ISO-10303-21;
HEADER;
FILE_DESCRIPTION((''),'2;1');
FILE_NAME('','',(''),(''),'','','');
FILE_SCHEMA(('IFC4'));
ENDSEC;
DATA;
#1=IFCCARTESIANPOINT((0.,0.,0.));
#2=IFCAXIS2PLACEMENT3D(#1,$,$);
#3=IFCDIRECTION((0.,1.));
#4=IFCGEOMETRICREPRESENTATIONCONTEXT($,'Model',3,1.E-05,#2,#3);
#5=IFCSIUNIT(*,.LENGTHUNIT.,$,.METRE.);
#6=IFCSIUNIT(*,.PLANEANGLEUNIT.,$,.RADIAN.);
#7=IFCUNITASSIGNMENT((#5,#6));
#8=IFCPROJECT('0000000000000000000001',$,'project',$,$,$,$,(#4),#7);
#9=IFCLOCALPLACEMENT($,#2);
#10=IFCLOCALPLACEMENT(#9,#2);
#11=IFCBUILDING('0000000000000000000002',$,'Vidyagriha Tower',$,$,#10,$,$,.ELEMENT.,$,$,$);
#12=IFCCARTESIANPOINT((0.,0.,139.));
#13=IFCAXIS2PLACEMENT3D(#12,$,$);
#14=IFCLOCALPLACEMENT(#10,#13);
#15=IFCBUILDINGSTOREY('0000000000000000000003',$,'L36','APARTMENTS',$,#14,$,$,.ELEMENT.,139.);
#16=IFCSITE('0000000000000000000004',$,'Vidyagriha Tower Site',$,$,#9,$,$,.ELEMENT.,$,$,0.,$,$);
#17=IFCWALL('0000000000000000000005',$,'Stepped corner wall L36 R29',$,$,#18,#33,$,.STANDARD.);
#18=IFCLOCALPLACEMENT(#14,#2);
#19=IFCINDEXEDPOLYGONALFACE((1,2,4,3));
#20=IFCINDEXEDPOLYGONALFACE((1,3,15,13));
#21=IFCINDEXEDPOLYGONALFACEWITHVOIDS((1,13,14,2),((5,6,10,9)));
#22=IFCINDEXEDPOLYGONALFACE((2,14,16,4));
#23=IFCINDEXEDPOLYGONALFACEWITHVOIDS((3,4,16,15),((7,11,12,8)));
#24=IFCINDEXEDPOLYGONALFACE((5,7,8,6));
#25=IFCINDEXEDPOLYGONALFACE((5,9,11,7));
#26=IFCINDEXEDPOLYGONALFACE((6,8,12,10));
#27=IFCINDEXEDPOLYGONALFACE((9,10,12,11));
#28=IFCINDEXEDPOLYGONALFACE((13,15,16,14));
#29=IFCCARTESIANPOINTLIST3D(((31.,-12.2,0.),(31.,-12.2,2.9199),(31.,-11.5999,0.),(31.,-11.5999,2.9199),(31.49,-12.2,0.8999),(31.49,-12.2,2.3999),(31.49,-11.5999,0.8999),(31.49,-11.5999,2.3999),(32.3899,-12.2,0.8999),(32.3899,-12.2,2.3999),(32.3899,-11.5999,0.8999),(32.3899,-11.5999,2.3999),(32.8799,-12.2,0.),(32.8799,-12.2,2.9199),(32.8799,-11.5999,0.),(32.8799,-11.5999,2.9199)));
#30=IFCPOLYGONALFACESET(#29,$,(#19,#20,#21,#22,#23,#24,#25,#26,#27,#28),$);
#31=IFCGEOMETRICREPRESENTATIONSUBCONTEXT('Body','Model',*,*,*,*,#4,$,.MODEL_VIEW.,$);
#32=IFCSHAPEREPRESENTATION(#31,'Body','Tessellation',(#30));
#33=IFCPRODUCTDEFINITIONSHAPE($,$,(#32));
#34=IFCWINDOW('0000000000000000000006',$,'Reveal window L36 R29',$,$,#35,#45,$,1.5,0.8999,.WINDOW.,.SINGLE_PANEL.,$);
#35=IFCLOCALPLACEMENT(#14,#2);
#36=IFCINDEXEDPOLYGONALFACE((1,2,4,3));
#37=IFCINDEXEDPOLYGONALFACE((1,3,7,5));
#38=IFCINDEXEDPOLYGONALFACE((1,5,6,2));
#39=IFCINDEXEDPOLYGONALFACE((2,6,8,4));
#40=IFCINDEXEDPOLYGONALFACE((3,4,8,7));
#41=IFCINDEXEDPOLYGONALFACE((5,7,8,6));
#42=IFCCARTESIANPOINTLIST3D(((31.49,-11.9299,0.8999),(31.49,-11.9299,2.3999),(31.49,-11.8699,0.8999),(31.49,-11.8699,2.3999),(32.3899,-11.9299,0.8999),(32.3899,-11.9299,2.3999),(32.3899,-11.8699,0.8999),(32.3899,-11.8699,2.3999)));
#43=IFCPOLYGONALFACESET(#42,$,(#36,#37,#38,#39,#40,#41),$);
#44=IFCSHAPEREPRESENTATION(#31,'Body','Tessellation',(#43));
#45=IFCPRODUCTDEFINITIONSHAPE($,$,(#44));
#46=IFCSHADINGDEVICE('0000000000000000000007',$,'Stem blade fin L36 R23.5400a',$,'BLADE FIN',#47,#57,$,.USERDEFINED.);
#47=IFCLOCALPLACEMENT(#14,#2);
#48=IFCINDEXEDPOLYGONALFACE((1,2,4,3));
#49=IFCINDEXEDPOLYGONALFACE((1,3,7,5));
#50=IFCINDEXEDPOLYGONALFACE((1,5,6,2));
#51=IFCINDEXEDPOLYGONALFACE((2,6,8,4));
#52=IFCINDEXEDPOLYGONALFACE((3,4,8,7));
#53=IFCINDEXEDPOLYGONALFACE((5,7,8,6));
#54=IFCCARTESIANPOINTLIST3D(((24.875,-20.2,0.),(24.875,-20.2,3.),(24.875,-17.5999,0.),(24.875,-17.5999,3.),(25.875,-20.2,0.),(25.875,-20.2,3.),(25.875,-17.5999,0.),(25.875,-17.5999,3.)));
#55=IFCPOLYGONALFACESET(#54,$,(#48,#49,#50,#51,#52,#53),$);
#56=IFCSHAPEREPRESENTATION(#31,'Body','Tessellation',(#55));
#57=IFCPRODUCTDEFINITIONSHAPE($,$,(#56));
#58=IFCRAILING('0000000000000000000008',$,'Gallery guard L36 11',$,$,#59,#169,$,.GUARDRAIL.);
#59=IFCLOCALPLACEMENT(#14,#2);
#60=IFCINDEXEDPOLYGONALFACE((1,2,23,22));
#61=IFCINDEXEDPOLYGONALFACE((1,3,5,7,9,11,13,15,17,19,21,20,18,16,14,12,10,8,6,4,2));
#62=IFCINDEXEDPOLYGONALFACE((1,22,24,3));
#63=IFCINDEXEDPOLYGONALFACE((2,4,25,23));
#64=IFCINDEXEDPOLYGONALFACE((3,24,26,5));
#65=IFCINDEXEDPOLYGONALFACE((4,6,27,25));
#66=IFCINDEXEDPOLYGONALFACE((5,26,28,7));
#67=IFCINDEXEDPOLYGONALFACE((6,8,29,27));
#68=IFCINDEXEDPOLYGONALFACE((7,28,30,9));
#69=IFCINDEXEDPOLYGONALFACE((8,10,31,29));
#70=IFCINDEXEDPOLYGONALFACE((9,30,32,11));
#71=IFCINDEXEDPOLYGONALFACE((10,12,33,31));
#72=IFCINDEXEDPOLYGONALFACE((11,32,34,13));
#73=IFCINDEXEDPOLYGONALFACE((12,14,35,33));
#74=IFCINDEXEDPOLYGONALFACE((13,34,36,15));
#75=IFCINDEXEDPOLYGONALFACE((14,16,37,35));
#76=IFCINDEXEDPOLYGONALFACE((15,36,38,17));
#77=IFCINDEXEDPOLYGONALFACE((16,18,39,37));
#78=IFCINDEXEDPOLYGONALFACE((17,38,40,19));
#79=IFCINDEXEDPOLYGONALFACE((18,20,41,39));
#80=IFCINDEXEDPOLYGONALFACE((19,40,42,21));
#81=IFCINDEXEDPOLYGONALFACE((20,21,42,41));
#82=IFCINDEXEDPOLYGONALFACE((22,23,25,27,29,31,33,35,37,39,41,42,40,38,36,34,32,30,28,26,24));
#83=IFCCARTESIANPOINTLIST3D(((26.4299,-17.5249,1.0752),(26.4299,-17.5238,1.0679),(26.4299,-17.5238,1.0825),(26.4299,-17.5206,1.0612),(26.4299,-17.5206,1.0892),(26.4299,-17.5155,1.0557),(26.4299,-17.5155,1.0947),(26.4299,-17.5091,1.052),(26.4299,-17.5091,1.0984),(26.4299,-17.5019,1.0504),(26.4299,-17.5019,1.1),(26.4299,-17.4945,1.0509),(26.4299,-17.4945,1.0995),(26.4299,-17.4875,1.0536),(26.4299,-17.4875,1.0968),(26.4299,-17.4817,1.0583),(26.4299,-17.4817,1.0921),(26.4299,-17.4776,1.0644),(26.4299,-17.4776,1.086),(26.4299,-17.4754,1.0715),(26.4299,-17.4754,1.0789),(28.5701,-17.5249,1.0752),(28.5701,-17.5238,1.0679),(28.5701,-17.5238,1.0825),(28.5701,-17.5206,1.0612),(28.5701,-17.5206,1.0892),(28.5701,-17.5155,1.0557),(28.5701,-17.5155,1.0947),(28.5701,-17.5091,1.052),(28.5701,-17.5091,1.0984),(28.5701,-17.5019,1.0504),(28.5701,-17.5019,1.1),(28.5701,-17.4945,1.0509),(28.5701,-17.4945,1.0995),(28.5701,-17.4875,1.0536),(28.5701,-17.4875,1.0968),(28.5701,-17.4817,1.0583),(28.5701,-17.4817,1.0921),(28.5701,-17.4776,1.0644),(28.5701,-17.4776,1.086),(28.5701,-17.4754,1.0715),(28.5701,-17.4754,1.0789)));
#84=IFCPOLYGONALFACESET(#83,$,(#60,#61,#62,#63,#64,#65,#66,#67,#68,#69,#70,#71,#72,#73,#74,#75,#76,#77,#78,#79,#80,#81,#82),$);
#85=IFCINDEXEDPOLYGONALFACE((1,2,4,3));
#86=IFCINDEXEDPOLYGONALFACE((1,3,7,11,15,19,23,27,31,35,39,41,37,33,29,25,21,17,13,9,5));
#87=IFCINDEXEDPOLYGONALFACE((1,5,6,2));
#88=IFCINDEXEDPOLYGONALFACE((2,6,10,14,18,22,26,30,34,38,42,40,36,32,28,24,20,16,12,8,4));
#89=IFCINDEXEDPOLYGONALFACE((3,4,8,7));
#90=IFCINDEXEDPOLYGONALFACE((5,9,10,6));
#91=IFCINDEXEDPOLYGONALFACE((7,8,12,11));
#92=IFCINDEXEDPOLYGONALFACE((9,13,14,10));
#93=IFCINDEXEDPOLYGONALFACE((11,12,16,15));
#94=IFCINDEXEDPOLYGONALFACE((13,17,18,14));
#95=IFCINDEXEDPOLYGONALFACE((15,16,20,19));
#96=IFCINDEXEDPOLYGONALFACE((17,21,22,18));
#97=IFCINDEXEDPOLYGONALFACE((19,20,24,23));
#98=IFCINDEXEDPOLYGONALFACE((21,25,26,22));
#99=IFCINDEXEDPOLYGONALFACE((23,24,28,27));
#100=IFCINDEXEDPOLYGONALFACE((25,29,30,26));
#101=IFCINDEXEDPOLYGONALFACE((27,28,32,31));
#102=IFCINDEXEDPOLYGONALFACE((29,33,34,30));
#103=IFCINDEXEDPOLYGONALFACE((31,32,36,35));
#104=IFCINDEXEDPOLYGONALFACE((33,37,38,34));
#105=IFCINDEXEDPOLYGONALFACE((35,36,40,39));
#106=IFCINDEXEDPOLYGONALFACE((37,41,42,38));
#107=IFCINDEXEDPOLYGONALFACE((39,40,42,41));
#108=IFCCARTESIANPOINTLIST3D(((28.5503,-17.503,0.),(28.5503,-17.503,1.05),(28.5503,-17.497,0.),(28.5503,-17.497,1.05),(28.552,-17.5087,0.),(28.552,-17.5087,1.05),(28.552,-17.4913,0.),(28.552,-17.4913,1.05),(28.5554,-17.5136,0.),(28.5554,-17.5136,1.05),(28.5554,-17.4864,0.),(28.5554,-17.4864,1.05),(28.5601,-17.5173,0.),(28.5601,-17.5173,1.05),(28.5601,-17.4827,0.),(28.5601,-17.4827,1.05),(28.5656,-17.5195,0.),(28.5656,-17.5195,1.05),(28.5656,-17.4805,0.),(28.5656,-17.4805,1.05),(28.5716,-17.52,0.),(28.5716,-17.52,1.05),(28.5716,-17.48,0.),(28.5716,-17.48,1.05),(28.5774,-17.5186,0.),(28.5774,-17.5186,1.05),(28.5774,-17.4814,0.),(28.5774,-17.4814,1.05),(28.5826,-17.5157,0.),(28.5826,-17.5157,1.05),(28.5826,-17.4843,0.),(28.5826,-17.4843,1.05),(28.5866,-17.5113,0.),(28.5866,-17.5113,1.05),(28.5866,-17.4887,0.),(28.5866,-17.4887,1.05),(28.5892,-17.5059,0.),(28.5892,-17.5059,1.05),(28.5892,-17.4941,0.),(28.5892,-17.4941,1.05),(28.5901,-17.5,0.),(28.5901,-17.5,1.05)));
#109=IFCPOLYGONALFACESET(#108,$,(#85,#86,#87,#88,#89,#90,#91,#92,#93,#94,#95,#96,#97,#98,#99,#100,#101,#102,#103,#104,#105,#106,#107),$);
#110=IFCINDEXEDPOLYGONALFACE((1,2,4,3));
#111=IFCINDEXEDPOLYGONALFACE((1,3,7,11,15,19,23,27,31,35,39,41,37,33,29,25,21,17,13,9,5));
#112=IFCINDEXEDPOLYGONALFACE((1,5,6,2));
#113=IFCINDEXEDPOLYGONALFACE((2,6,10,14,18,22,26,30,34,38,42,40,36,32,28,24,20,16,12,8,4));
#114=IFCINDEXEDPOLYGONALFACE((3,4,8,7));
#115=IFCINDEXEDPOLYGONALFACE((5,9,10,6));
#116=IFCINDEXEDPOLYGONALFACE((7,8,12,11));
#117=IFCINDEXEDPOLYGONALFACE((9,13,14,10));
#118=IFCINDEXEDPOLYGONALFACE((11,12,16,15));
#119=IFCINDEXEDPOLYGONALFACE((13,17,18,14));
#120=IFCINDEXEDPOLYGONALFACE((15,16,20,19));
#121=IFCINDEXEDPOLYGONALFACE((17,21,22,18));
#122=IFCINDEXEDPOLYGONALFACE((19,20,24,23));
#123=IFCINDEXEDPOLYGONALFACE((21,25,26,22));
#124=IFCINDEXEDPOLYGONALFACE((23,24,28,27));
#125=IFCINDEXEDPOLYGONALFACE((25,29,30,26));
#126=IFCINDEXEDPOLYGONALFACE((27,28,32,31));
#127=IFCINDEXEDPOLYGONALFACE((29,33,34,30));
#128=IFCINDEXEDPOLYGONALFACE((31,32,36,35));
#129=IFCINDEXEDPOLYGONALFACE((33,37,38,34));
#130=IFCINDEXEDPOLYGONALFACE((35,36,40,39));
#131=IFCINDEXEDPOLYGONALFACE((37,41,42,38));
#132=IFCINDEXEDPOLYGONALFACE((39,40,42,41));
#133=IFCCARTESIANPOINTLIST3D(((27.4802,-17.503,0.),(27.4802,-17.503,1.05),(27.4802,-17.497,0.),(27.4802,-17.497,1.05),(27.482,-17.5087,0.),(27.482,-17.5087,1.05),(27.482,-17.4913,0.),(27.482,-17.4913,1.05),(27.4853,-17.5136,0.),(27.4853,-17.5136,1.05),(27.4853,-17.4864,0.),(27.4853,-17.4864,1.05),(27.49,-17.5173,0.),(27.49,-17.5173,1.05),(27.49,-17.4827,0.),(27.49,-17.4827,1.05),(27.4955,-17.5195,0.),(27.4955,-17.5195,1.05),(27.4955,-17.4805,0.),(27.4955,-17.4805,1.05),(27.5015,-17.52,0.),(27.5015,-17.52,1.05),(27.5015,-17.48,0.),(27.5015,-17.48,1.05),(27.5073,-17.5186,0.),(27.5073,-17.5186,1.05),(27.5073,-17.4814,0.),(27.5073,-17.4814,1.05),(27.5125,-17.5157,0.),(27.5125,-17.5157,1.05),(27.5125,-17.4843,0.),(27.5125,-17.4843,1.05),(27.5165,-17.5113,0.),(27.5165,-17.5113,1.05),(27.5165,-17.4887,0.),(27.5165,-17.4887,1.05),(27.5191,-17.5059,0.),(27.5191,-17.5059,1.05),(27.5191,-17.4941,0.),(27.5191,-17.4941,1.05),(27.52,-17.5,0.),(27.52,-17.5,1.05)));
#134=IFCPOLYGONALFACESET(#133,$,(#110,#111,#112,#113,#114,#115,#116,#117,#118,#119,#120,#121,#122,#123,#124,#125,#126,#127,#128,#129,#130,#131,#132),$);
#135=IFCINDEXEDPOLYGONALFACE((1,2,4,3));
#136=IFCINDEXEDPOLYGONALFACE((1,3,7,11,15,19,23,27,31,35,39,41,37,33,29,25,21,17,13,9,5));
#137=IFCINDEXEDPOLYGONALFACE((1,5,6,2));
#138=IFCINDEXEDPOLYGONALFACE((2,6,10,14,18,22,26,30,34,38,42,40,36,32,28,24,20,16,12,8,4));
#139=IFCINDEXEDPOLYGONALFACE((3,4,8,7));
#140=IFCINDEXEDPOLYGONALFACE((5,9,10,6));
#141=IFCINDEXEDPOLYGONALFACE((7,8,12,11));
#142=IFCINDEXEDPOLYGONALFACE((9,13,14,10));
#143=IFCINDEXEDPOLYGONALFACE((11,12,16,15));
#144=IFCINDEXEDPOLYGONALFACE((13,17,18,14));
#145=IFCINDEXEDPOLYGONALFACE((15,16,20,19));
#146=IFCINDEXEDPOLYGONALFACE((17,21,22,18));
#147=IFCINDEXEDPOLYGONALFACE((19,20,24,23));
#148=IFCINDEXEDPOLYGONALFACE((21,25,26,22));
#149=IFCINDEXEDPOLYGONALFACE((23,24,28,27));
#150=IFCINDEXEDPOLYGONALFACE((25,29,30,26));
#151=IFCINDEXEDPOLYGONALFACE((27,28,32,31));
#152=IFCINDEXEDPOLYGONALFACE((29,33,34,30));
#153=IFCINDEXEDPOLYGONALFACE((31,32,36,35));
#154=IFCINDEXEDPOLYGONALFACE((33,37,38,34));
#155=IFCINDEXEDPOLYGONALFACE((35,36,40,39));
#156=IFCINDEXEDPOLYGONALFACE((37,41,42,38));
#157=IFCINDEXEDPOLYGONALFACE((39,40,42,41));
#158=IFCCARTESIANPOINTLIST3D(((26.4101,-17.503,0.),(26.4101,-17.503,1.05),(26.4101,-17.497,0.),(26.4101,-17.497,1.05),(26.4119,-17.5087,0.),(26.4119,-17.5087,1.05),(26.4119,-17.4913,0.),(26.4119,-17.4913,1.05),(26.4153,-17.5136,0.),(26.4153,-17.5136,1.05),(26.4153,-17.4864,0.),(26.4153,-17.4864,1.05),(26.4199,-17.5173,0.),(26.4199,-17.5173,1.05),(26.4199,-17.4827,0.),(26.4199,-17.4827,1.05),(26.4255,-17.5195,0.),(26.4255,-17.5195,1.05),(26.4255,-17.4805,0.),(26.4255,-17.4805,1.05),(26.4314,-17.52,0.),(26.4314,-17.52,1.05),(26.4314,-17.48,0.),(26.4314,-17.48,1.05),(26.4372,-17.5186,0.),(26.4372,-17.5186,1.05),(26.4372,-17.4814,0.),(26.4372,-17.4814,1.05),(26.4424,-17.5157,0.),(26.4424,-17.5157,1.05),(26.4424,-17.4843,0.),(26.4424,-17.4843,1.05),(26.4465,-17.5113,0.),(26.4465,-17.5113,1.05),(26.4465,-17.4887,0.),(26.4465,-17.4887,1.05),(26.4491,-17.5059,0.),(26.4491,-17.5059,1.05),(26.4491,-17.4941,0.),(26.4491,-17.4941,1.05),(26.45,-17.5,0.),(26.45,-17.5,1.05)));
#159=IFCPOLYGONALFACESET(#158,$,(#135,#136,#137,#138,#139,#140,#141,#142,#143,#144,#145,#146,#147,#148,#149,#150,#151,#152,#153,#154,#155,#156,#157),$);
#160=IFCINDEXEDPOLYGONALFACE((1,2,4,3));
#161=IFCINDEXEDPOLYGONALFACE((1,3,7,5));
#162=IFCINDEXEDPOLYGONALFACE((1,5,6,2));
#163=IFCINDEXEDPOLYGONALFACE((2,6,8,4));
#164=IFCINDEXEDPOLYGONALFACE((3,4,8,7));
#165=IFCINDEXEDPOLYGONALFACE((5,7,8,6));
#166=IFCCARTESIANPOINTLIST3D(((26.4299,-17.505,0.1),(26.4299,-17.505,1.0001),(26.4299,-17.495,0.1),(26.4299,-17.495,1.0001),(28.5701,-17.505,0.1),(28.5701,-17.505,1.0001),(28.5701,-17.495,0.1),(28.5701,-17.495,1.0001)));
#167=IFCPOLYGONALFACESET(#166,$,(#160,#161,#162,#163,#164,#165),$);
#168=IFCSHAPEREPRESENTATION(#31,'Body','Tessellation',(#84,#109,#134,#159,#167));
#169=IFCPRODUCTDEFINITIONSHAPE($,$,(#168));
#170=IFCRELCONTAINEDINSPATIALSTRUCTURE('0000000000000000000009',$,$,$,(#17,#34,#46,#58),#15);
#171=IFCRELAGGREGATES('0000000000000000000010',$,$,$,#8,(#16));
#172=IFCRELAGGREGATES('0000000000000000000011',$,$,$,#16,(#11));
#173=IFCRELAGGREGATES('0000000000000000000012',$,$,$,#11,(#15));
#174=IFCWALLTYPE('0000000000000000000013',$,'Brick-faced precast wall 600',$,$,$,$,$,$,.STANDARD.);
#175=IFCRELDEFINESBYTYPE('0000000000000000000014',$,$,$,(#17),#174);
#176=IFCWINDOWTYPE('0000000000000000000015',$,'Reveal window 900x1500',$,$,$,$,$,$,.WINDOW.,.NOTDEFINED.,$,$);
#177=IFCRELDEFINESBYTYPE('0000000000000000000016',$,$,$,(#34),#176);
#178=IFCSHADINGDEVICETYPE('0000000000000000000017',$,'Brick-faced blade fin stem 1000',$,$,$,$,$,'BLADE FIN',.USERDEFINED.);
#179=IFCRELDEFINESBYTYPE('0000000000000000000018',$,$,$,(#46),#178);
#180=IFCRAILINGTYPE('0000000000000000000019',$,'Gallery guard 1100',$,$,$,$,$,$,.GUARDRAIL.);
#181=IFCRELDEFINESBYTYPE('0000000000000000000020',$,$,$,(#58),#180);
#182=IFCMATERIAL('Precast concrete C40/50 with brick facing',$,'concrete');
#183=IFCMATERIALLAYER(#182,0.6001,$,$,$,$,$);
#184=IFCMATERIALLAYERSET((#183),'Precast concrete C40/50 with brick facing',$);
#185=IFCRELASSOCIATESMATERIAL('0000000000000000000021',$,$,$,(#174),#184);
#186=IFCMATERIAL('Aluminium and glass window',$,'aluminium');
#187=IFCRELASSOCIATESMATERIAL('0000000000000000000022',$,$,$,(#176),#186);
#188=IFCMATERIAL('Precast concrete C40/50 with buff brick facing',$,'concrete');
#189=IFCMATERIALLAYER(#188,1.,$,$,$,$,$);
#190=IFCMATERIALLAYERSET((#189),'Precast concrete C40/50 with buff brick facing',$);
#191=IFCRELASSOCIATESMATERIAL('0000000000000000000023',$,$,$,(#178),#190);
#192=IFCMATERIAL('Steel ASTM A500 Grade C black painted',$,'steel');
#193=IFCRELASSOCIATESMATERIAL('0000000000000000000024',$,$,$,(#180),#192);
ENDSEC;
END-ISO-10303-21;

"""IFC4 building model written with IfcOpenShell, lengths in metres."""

from ifc_helpers import new_model, si_unit, direction, frame, frame_2d, origin, origin_2d, place, context, subcontext, project, spatial, polyline, rectangle, circle, outline, extrude, material, layer, layer_set, type_object, element, fill, save


model = new_model("IFC4")

# Units and contexts
model_context = context("Model", 3, precision=1e-05, world=origin(), true_north=direction((0.0, 1.0)))
body_context = subcontext(model_context, "Body", "Model", "MODEL_VIEW")
ifc_project = project(units=[si_unit("LENGTHUNIT", "METRE"), si_unit("PLANEANGLEUNIT", "RADIAN")], contexts=[model_context])

# Site, building, storey
site_placement = place(None, origin())
site = spatial("IfcSite", under=ifc_project, at=site_placement, Name="Vidyagriha Tower Site", CompositionType="ELEMENT", RefElevation=0.0)
building_placement = place(site_placement, origin())
building = spatial("IfcBuilding", under=site, at=building_placement, Name="Vidyagriha Tower", CompositionType="ELEMENT")
storey_placement = place(building_placement, frame((0.0, 0.0, 139.0)))
storey = spatial("IfcBuildingStorey", under=building, at=storey_placement, Name="L36", Description="APARTMENTS", CompositionType="ELEMENT", Elevation=139.0)

# Shared definitions
ifc_material_1 = material(Name="Precast concrete C40/50 with brick facing", Category="concrete")
ifc_layer_1 = layer(ifc_material_1, 0.6001)
ifc_layer_set_1 = layer_set([ifc_layer_1], Name="Precast concrete C40/50 with brick facing")
wall_type = type_object("IfcWallType", Name="Brick-faced precast wall 600", PredefinedType="STANDARD", material=ifc_layer_set_1)

# Shared definitions
ifc_material_2 = material(Name="Aluminium and glass window", Category="aluminium")
window_type = type_object("IfcWindowType", Name="Reveal window 900x1500", PartitioningType="NOTDEFINED", PredefinedType="WINDOW", material=ifc_material_2)

# Wall, opening, window
wall_1_placement = place(storey_placement, frame((31.0, -11.8999, 0.0)))
wall_1 = element("IfcWall", 1, at=wall_1_placement, inside=storey, type_object=wall_type, Name="Stepped corner wall L36 R29", PredefinedType="STANDARD", context=body_context, shape_type="SweptSolid", body=[
    extrude(rectangle(XDim=1.8799, YDim=0.6001, at=frame_2d((0.9399, 0.0))), origin(), (0.0, 0.0, 1.0), 2.9199),
])
opening_1_placement = place(wall_1_placement, frame((0.49, 0.0, 0.8999)))
opening_1 = element("IfcOpeningElement", 2, at=opening_1_placement, cuts=wall_1, PredefinedType="OPENING", context=body_context, shape_type="SweptSolid", body=[
    extrude(rectangle(XDim=0.8999, YDim=1.5, at=frame_2d((0.45, 0.75))), frame((0.0, 0.3101, 0.0), z_axis=(0.0, -1.0, 0.0), x_axis=(1.0, 0.0, 0.0)), (0.0, 0.0, 1.0), 0.6201),
])
window_1_placement = place(opening_1_placement, origin())
window_1 = element("IfcWindow", 3, at=window_1_placement, inside=storey, type_object=window_type, Name="Reveal window L36 R29", OverallHeight=1.5, OverallWidth=0.8999, PartitioningType="SINGLE_PANEL", PredefinedType="WINDOW", context=body_context, shape_type="SweptSolid", body=[
    extrude(rectangle(XDim=0.8999, YDim=1.5, at=frame_2d((0.45, 0.75))), frame((0.0, 0.03, 0.0), z_axis=(0.0, -1.0, 0.0), x_axis=(1.0, 0.0, 0.0)), (0.0, 0.0, 1.0), 0.0601),
])
fill(opening_1, window_1)

# Shading device
ifc_material_3 = material(Name="Precast concrete C40/50 with buff brick facing", Category="concrete")
ifc_layer_2 = layer(ifc_material_3, 1.0)
ifc_layer_set_2 = layer_set([ifc_layer_2], Name="Precast concrete C40/50 with buff brick facing")
shading_device_type = type_object("IfcShadingDeviceType", Name="Brick-faced blade fin stem 1000", ElementType="BLADE FIN", PredefinedType="USERDEFINED", material=ifc_layer_set_2)
shading_device_placement = place(storey_placement, frame((24.875, -18.8999, 0.0)))
element("IfcShadingDevice", 4, at=shading_device_placement, inside=storey, type_object=shading_device_type, Name="Stem blade fin L36 R23.5400a", ObjectType="BLADE FIN", PredefinedType="USERDEFINED", context=body_context, shape_type="SweptSolid", body=[
    extrude(outline(polyline([(0.0, 0.0), (1.0, 0.0), (1.0, 3.0), (0.0, 3.0), (0.0, 0.0)])), frame((0.0, 1.3, 0.0), z_axis=(0.0, -1.0, 0.0), x_axis=(1.0, 0.0, 0.0)), (0.0, 0.0, 1.0), 2.6001),
])

# Railing
ifc_material_4 = material(Name="Steel ASTM A500 Grade C black painted", Category="steel")
railing_type = type_object("IfcRailingType", Name="Gallery guard 1100", PredefinedType="GUARDRAIL", material=ifc_material_4)
railing_1_placement = place(storey_placement, frame((28.5701, -17.5, 0.0)))
element("IfcRailing", 5, at=railing_1_placement, inside=storey, type_object=railing_type, Name="Gallery guard L36 11", PredefinedType="GUARDRAIL", context=body_context, shape_type="SweptSolid", body=[
    extrude(circle(Radius=0.0249, at=origin_2d()), frame((0.0, 0.0, 1.0752), z_axis=(-1.0, 0.0, 0.0), x_axis=(0.0, -1.0, 0.0)), (0.0, 0.0, 1.0), 2.1401),
    extrude(circle(Radius=0.02, at=origin_2d()), origin(), (0.0, 0.0, 1.0), 1.05),
    extrude(circle(Radius=0.02, at=origin_2d()), frame((-1.0701, 0.0, 0.0)), (0.0, 0.0, 1.0), 1.05),
    extrude(circle(Radius=0.02, at=origin_2d()), frame((-2.1401, 0.0, 0.0)), (0.0, 0.0, 1.0), 1.05),
    extrude(rectangle(XDim=0.01, YDim=0.9001, at=origin_2d()), frame((0.0, 0.0, 0.55), z_axis=(-1.0, 0.0, 0.0), x_axis=(0.0, -1.0, 0.0)), (0.0, 0.0, 1.0), 2.1401),
])

save(model, "model.ifc")
